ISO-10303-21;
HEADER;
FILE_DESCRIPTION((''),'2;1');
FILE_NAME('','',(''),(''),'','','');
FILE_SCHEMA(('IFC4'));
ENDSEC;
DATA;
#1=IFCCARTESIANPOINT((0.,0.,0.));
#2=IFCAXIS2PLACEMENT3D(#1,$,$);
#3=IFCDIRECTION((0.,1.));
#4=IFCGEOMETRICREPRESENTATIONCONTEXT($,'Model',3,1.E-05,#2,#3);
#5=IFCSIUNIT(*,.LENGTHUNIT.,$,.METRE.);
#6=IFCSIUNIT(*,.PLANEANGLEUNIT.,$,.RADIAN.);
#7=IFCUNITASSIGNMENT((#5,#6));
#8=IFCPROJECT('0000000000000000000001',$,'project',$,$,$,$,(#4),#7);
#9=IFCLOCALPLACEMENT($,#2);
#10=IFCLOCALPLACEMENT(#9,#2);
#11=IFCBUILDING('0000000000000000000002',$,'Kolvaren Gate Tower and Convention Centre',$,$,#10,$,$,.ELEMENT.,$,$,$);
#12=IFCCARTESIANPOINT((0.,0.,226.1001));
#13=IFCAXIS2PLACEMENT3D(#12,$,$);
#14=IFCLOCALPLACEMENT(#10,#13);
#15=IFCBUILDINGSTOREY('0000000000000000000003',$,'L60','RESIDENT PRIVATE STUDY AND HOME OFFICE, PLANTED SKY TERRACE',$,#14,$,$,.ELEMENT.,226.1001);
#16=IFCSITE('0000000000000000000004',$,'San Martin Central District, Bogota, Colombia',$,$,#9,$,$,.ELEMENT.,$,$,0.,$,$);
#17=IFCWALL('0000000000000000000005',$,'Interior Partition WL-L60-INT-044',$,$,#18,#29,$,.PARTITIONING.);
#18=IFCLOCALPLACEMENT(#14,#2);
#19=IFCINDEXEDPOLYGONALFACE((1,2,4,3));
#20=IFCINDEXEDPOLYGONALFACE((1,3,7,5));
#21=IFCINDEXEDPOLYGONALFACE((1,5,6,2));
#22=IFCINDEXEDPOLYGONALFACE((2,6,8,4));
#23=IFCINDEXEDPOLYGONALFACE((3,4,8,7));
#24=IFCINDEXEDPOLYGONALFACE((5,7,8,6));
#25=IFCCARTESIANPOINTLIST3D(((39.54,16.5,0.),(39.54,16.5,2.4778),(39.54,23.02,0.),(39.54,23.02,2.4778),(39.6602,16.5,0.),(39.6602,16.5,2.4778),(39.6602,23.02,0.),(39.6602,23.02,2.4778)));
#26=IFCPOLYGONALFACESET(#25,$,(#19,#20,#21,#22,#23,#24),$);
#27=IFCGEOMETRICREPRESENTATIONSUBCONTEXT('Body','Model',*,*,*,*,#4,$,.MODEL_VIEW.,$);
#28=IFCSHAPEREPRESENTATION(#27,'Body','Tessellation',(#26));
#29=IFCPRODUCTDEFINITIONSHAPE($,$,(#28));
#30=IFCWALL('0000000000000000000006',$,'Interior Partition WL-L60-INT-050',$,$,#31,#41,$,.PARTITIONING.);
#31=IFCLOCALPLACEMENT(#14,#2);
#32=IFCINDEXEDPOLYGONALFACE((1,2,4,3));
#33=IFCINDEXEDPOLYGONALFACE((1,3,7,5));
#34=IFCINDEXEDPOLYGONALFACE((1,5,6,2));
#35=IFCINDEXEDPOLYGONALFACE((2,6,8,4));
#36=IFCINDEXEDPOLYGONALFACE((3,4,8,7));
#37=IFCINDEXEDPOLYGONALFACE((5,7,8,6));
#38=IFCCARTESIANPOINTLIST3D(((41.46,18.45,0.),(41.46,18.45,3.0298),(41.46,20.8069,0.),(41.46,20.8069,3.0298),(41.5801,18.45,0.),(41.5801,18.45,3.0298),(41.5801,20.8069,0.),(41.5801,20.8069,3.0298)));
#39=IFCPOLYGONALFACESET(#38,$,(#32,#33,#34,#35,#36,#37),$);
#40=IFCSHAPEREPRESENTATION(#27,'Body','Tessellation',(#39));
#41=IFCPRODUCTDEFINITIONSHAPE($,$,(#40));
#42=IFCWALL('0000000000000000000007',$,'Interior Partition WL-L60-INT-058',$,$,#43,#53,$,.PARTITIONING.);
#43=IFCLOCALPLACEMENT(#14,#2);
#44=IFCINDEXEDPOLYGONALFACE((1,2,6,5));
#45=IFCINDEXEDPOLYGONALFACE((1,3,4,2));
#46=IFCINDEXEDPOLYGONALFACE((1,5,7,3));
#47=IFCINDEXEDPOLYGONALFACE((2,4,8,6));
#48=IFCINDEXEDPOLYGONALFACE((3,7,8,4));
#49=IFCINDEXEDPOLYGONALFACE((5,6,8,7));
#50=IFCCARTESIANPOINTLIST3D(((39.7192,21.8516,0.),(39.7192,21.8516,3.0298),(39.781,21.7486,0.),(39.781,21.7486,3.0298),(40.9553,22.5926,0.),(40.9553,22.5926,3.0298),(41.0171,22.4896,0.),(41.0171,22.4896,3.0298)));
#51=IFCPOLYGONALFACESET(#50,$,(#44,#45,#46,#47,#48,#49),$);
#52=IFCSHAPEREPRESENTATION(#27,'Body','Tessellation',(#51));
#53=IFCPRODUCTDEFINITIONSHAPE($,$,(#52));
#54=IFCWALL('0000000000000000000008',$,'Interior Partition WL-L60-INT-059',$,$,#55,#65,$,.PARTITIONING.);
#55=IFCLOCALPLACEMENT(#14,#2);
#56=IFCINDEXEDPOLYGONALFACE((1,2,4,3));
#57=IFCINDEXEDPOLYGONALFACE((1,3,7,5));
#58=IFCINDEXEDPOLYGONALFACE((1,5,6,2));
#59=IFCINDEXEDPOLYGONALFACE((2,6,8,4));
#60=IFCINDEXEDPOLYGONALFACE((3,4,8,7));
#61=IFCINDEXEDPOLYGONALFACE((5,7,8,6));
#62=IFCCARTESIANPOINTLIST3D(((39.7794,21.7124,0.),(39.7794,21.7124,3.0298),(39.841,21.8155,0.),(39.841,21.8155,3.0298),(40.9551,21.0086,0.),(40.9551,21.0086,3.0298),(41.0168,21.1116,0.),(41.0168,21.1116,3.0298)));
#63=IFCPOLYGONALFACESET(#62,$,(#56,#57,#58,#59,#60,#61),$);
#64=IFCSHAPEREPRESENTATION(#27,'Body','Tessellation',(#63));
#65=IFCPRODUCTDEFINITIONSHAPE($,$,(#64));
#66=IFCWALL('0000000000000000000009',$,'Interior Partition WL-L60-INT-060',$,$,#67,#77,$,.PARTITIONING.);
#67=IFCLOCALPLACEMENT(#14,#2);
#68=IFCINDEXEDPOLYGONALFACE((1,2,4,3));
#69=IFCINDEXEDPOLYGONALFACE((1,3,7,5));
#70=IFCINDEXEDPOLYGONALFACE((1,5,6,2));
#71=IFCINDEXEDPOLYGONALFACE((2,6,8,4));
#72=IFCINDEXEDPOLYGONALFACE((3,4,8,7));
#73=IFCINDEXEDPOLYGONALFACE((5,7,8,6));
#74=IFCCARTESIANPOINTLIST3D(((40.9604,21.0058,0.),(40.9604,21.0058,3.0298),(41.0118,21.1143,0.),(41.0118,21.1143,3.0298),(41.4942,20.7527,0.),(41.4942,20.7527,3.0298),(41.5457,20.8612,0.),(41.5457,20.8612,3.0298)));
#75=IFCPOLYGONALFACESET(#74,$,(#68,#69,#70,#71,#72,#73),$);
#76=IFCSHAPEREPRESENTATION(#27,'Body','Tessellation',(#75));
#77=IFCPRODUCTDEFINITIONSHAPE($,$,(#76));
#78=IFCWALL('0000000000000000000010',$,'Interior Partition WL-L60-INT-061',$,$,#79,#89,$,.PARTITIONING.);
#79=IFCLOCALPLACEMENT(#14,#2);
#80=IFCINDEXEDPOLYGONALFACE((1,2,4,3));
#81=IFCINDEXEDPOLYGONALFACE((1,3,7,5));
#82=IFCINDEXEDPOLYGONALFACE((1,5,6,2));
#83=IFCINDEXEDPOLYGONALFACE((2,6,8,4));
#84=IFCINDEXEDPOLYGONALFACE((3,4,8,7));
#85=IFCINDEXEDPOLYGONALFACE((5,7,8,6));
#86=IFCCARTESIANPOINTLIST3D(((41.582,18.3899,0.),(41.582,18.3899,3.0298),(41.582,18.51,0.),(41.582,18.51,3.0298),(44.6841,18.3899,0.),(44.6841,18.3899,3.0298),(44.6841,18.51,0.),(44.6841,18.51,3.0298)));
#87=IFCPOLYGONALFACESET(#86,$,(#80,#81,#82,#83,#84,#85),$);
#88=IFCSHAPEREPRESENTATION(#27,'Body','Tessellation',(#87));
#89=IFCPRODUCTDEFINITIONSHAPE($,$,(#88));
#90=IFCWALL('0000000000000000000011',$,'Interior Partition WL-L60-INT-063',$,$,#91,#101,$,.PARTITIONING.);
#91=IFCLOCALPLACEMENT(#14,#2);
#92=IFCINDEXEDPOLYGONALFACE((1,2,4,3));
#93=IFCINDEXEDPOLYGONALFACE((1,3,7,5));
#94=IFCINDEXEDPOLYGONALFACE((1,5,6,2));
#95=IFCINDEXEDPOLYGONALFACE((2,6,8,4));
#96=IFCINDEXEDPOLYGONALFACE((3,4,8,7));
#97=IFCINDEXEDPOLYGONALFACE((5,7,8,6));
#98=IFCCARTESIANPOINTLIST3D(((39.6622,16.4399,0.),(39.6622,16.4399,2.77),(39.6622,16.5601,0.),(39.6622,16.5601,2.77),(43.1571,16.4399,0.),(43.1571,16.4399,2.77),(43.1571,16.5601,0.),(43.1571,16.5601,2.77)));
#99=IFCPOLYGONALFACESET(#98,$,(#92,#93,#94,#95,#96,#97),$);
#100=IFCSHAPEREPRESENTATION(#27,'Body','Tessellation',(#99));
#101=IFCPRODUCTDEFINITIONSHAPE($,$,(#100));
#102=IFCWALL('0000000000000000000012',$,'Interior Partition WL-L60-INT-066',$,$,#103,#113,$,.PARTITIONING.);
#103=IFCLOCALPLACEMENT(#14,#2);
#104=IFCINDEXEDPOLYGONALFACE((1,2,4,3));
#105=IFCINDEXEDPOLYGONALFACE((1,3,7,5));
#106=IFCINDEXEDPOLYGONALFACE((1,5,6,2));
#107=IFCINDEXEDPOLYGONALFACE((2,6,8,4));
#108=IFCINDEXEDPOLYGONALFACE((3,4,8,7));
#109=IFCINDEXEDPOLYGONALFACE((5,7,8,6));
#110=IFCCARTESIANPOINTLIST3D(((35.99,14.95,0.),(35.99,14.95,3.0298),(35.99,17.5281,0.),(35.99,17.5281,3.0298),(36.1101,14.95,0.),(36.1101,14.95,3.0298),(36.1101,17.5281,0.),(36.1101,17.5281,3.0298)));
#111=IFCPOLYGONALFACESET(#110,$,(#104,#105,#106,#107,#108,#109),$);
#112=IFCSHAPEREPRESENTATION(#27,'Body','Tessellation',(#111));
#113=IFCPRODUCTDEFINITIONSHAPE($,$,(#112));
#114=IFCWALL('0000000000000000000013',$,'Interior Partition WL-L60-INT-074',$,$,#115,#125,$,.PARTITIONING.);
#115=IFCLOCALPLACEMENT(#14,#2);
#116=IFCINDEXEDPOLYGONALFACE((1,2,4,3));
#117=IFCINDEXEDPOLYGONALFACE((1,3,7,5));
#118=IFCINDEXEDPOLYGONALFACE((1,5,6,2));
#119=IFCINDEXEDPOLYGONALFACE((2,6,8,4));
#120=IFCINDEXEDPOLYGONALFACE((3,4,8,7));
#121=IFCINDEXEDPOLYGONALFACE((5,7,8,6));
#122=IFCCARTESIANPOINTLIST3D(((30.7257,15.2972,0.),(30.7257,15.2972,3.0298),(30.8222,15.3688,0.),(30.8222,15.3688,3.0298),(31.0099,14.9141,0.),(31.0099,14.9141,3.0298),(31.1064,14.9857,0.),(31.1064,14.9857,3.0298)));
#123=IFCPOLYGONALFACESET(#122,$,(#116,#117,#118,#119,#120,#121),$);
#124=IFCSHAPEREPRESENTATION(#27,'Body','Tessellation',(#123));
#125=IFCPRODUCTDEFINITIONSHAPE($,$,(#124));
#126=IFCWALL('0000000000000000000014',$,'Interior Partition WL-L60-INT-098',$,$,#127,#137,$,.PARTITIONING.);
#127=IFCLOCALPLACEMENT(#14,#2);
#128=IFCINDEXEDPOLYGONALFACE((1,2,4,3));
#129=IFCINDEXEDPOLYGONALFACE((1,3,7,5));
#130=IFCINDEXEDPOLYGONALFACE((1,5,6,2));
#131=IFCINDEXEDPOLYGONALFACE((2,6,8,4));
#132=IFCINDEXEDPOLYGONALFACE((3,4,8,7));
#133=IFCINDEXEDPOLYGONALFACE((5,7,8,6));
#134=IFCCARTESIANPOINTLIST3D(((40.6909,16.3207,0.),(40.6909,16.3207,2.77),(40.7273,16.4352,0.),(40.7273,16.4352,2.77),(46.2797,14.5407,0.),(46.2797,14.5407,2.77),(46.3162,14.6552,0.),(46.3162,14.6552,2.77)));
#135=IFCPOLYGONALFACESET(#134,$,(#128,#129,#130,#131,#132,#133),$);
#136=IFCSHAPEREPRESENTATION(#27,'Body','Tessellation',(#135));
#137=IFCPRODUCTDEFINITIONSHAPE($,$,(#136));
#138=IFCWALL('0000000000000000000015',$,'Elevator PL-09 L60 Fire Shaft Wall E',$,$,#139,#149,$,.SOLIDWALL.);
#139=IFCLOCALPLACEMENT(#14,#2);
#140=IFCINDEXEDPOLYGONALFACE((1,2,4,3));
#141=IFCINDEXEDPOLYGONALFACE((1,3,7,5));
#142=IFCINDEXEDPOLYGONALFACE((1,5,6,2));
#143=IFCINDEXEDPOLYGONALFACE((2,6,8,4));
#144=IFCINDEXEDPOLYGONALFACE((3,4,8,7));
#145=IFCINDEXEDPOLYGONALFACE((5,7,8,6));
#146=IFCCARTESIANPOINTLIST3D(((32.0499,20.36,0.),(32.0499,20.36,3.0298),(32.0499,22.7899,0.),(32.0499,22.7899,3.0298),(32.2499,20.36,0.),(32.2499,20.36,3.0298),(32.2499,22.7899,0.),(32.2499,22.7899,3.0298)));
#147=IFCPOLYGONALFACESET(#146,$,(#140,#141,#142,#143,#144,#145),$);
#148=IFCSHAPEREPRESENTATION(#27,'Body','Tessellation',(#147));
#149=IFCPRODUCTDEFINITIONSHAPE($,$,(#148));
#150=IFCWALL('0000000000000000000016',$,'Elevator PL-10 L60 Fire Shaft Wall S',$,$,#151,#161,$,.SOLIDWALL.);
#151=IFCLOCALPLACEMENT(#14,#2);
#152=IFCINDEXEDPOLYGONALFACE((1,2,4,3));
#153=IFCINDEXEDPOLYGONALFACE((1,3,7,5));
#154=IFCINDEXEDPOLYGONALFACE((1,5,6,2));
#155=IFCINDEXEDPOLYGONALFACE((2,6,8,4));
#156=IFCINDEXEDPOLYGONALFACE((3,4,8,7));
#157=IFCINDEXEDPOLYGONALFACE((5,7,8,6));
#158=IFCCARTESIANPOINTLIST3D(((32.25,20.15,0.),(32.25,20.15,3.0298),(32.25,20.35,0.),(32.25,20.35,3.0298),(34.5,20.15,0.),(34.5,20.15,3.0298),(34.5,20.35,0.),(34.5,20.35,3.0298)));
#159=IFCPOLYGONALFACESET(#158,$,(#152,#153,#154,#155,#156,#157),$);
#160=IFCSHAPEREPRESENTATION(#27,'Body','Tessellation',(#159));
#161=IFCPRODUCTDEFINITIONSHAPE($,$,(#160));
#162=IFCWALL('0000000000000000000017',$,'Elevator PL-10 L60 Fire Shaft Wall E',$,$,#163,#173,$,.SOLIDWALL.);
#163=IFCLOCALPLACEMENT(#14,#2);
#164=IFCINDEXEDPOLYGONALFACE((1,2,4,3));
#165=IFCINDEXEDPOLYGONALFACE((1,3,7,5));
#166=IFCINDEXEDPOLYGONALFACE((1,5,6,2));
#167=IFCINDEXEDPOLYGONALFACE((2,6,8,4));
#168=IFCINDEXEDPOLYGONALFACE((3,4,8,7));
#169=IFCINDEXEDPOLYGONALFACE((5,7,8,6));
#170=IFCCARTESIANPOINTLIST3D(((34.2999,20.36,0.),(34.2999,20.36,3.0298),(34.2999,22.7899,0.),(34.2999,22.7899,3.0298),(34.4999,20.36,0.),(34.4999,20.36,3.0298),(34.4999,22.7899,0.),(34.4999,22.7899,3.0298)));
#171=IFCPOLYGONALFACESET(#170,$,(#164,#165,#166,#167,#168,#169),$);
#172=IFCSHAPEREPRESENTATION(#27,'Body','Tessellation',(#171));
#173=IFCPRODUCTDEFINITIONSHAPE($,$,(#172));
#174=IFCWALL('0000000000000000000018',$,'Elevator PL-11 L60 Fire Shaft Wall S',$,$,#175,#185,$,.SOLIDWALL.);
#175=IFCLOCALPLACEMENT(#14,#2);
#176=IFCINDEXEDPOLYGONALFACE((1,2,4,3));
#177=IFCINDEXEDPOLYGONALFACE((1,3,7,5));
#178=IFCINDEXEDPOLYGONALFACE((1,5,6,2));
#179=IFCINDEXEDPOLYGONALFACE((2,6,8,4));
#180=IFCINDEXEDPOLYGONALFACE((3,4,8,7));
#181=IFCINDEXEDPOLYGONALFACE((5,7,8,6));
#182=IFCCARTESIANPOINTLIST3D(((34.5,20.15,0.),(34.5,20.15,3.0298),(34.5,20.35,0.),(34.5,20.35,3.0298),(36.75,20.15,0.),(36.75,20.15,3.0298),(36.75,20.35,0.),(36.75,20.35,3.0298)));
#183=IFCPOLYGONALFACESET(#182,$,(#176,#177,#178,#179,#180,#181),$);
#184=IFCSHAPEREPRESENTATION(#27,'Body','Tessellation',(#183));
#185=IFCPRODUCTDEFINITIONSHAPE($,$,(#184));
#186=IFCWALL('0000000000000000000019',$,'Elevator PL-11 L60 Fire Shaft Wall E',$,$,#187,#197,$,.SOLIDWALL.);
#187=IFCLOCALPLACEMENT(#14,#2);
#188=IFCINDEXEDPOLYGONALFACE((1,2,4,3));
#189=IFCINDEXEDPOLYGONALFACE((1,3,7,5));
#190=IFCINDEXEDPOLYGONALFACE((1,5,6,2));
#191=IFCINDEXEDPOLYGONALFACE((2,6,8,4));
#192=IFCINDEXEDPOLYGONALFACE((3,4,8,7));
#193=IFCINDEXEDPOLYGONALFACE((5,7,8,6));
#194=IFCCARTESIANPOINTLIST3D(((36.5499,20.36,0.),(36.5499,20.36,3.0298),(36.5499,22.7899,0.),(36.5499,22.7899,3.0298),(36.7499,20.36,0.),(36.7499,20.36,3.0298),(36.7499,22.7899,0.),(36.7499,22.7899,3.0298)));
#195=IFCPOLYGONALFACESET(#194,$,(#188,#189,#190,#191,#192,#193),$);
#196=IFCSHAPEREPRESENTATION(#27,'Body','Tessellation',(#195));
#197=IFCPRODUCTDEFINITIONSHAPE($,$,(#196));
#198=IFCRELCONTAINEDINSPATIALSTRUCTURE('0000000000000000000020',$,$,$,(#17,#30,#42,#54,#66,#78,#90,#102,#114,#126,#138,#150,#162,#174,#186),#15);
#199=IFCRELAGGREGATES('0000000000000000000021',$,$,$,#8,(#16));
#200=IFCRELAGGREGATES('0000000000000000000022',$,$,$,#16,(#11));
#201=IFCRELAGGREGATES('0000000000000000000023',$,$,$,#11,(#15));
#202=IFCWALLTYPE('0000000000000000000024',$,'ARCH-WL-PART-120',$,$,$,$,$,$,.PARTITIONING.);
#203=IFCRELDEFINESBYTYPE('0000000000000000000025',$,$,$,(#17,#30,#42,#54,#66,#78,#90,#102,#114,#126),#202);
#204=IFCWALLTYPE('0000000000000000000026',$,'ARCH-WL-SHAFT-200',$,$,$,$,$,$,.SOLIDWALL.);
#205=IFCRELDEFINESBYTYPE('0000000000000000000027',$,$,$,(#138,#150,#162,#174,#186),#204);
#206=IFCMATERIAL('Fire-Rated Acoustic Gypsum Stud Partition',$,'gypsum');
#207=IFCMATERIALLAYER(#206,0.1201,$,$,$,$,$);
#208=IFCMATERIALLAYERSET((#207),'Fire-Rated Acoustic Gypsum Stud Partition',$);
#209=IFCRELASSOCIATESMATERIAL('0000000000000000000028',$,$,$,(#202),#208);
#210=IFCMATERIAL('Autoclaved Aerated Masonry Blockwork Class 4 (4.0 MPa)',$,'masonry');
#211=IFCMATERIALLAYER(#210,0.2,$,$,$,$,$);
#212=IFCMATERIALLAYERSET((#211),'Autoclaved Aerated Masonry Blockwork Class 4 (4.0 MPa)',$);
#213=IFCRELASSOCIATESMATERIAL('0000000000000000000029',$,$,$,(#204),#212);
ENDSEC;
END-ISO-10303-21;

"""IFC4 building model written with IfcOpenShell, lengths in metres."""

from ifc_helpers import new_model, si_unit, direction, frame, frame_2d, origin, place, context, subcontext, project, spatial, rectangle, extrude, material, layer, layer_set, type_object, element, save


model = new_model("IFC4")

# Units and contexts
model_context = context("Model", 3, precision=1e-05, world=origin(), true_north=direction((0.0, 1.0)))
body_context = subcontext(model_context, "Body", "Model", "MODEL_VIEW")
ifc_project = project(units=[si_unit("LENGTHUNIT", "METRE"), si_unit("PLANEANGLEUNIT", "RADIAN")], contexts=[model_context])

# Site, building, storey
site_placement = place(None, origin())
site = spatial("IfcSite", under=ifc_project, at=site_placement, Name="San Martin Central District, Bogota, Colombia", CompositionType="ELEMENT", RefElevation=0.0)
building_placement = place(site_placement, origin())
building = spatial("IfcBuilding", under=site, at=building_placement, Name="Kolvaren Gate Tower and Convention Centre", CompositionType="ELEMENT")
storey_placement = place(building_placement, frame((0.0, 0.0, 226.1001)))
storey = spatial("IfcBuildingStorey", under=building, at=storey_placement, Name="L60", Description="RESIDENT PRIVATE STUDY AND HOME OFFICE, PLANTED SKY TERRACE", CompositionType="ELEMENT", Elevation=226.1001)

# Shared definitions
ifc_material_1 = material(Name="Autoclaved Aerated Masonry Blockwork Class 4 (4.0 MPa)", Category="masonry")

# Walls
ifc_material_2 = material(Name="Fire-Rated Acoustic Gypsum Stud Partition", Category="gypsum")
ifc_layer_1 = layer(ifc_material_2, 0.1201)
ifc_layer_set_1 = layer_set([ifc_layer_1], Name="Fire-Rated Acoustic Gypsum Stud Partition")
wall_type_1 = type_object("IfcWallType", Name="ARCH-WL-PART-120", PredefinedType="PARTITIONING", material=ifc_layer_set_1)
wall_1_placement = place(storey_placement, frame((39.6001, 16.5, 0.0), z_axis=(0.0, 0.0, 1.0), x_axis=(0.0, 1.0, 0.0)))
element("IfcWall", 1, at=wall_1_placement, inside=storey, type_object=wall_type_1, Name="Interior Partition WL-L60-INT-044", PredefinedType="PARTITIONING", context=body_context, shape_type="SweptSolid", body=[
    extrude(rectangle(XDim=6.52, YDim=0.1201, at=frame_2d((3.26, 0.0))), origin(), (0.0, 0.0, 1.0), 2.4778),
])
wall_2_placement = place(storey_placement, frame((41.52, 18.45, 0.0), z_axis=(0.0, 0.0, 1.0), x_axis=(0.0, 1.0, 0.0)))
element("IfcWall", 2, at=wall_2_placement, inside=storey, type_object=wall_type_1, Name="Interior Partition WL-L60-INT-050", PredefinedType="PARTITIONING", context=body_context, shape_type="SweptSolid", body=[
    extrude(rectangle(XDim=2.3569, YDim=0.1201, at=frame_2d((1.1785, 0.0))), origin(), (0.0, 0.0, 1.0), 3.0298),
])
wall_3_placement = place(storey_placement, frame((39.75, 21.8, 0.0), z_axis=(0.0, 0.0, 1.0), x_axis=(0.857702, 0.514147, 0.0)))
element("IfcWall", 3, at=wall_3_placement, inside=storey, type_object=wall_type_1, Name="Interior Partition WL-L60-INT-058", PredefinedType="PARTITIONING", context=body_context, shape_type="SweptSolid", body=[
    extrude(rectangle(XDim=1.4412, YDim=0.1201, at=frame_2d((0.7207, 0.0))), origin(), (0.0, 0.0, 1.0), 3.0298),
])
wall_4_placement = place(storey_placement, frame((39.8103, 21.7639, 0.0), z_axis=(0.0, 0.0, 1.0), x_axis=(0.858011, -0.513631, 0.0)))
element("IfcWall", 4, at=wall_4_placement, inside=storey, type_object=wall_type_1, Name="Interior Partition WL-L60-INT-059", PredefinedType="PARTITIONING", context=body_context, shape_type="SweptSolid", body=[
    extrude(rectangle(XDim=1.3704, YDim=0.1201, at=frame_2d((0.6851, 0.0))), origin(), (0.0, 0.0, 1.0), 3.0298),
])
wall_5_placement = place(storey_placement, frame((40.9861, 21.0601, 0.0), z_axis=(0.0, 0.0, 1.0), x_axis=(0.90357, -0.428442, 0.0)))
element("IfcWall", 5, at=wall_5_placement, inside=storey, type_object=wall_type_1, Name="Interior Partition WL-L60-INT-060", PredefinedType="PARTITIONING", context=body_context, shape_type="SweptSolid", body=[
    extrude(rectangle(XDim=0.5908, YDim=0.1201, at=frame_2d((0.2954, 0.0))), origin(), (0.0, 0.0, 1.0), 3.0298),
])
wall_6_placement = place(storey_placement, frame((41.582, 18.45, 0.0), z_axis=(0.0, 0.0, 1.0), x_axis=(1.0, 0.0, 0.0)))
element("IfcWall", 6, at=wall_6_placement, inside=storey, type_object=wall_type_1, Name="Interior Partition WL-L60-INT-061", PredefinedType="PARTITIONING", context=body_context, shape_type="SweptSolid", body=[
    extrude(rectangle(XDim=3.1021, YDim=0.1201, at=frame_2d((1.551, 0.0))), origin(), (0.0, 0.0, 1.0), 3.0298),
])
wall_7_placement = place(storey_placement, frame((39.6621, 16.5, 0.0), z_axis=(0.0, 0.0, 1.0), x_axis=(1.0, 0.0, 0.0)))
element("IfcWall", 7, at=wall_7_placement, inside=storey, type_object=wall_type_1, Name="Interior Partition WL-L60-INT-063", PredefinedType="PARTITIONING", context=body_context, shape_type="SweptSolid", body=[
    extrude(rectangle(XDim=3.4949, YDim=0.1201, at=frame_2d((1.7476, 0.0))), origin(), (0.0, 0.0, 1.0), 2.77),
])
wall_8_placement = place(storey_placement, frame((36.05, 14.95, 0.0), z_axis=(0.0, 0.0, 1.0), x_axis=(0.0, 1.0, 0.0)))
element("IfcWall", 8, at=wall_8_placement, inside=storey, type_object=wall_type_1, Name="Interior Partition WL-L60-INT-066", PredefinedType="PARTITIONING", context=body_context, shape_type="SweptSolid", body=[
    extrude(rectangle(XDim=2.5781, YDim=0.1201, at=frame_2d((1.2891, 0.0))), origin(), (0.0, 0.0, 1.0), 3.0298),
])
wall_9_placement = place(storey_placement, frame((30.7739, 15.333, 0.0), z_axis=(0.0, 0.0, 1.0), x_axis=(0.595815, -0.803122, 0.0)))
element("IfcWall", 9, at=wall_9_placement, inside=storey, type_object=wall_type_1, Name="Interior Partition WL-L60-INT-074", PredefinedType="PARTITIONING", context=body_context, shape_type="SweptSolid", body=[
    extrude(rectangle(XDim=0.4771, YDim=0.1201, at=frame_2d((0.2385, 0.0))), origin(), (0.0, 0.0, 1.0), 3.0298),
])
wall_10_placement = place(storey_placement, frame((40.7092, 16.3779, 0.0), z_axis=(0.0, 0.0, 1.0), x_axis=(0.952839, -0.303475, 0.0)))
element("IfcWall", 10, at=wall_10_placement, inside=storey, type_object=wall_type_1, Name="Interior Partition WL-L60-INT-098", PredefinedType="PARTITIONING", context=body_context, shape_type="SweptSolid", body=[
    extrude(rectangle(XDim=5.8655, YDim=0.1201, at=frame_2d((2.9326, 0.0))), origin(), (0.0, 0.0, 1.0), 2.77),
])
ifc_layer_2 = layer(ifc_material_1, 0.2)
ifc_layer_set_2 = layer_set([ifc_layer_2], Name="Autoclaved Aerated Masonry Blockwork Class 4 (4.0 MPa)")
wall_type_2 = type_object("IfcWallType", Name="ARCH-WL-SHAFT-200", PredefinedType="SOLIDWALL", material=ifc_layer_set_2)
wall_11_placement = place(storey_placement, frame((32.1499, 20.3601, 0.0), z_axis=(0.0, 0.0, 1.0), x_axis=(0.0, 1.0, 0.0)))
element("IfcWall", 11, at=wall_11_placement, inside=storey, type_object=wall_type_2, Name="Elevator PL-09 L60 Fire Shaft Wall E", PredefinedType="SOLIDWALL", context=body_context, shape_type="SweptSolid", body=[
    extrude(rectangle(XDim=2.4299, YDim=0.2, at=frame_2d((1.2148, 0.0))), origin(), (0.0, 0.0, 1.0), 3.0298),
])
wall_12_placement = place(storey_placement, frame((32.25, 20.25, 0.0), z_axis=(0.0, 0.0, 1.0), x_axis=(1.0, 0.0, 0.0)))
element("IfcWall", 12, at=wall_12_placement, inside=storey, type_object=wall_type_2, Name="Elevator PL-10 L60 Fire Shaft Wall S", PredefinedType="SOLIDWALL", context=body_context, shape_type="SweptSolid", body=[
    extrude(rectangle(XDim=2.25, YDim=0.2, at=frame_2d((1.125, 0.0))), origin(), (0.0, 0.0, 1.0), 3.0298),
])
wall_13_placement = place(storey_placement, frame((34.3999, 20.3601, 0.0), z_axis=(0.0, 0.0, 1.0), x_axis=(0.0, 1.0, 0.0)))
element("IfcWall", 13, at=wall_13_placement, inside=storey, type_object=wall_type_2, Name="Elevator PL-10 L60 Fire Shaft Wall E", PredefinedType="SOLIDWALL", context=body_context, shape_type="SweptSolid", body=[
    extrude(rectangle(XDim=2.4299, YDim=0.2, at=frame_2d((1.2148, 0.0))), origin(), (0.0, 0.0, 1.0), 3.0298),
])
wall_14_placement = place(storey_placement, frame((34.5, 20.25, 0.0), z_axis=(0.0, 0.0, 1.0), x_axis=(1.0, 0.0, 0.0)))
element("IfcWall", 14, at=wall_14_placement, inside=storey, type_object=wall_type_2, Name="Elevator PL-11 L60 Fire Shaft Wall S", PredefinedType="SOLIDWALL", context=body_context, shape_type="SweptSolid", body=[
    extrude(rectangle(XDim=2.25, YDim=0.2, at=frame_2d((1.125, 0.0))), origin(), (0.0, 0.0, 1.0), 3.0298),
])
wall_15_placement = place(storey_placement, frame((36.6499, 20.3601, 0.0), z_axis=(0.0, 0.0, 1.0), x_axis=(0.0, 1.0, 0.0)))
element("IfcWall", 15, at=wall_15_placement, inside=storey, type_object=wall_type_2, Name="Elevator PL-11 L60 Fire Shaft Wall E", PredefinedType="SOLIDWALL", context=body_context, shape_type="SweptSolid", body=[
    extrude(rectangle(XDim=2.4299, YDim=0.2, at=frame_2d((1.2148, 0.0))), origin(), (0.0, 0.0, 1.0), 3.0298),
])

save(model, "model.ifc")
